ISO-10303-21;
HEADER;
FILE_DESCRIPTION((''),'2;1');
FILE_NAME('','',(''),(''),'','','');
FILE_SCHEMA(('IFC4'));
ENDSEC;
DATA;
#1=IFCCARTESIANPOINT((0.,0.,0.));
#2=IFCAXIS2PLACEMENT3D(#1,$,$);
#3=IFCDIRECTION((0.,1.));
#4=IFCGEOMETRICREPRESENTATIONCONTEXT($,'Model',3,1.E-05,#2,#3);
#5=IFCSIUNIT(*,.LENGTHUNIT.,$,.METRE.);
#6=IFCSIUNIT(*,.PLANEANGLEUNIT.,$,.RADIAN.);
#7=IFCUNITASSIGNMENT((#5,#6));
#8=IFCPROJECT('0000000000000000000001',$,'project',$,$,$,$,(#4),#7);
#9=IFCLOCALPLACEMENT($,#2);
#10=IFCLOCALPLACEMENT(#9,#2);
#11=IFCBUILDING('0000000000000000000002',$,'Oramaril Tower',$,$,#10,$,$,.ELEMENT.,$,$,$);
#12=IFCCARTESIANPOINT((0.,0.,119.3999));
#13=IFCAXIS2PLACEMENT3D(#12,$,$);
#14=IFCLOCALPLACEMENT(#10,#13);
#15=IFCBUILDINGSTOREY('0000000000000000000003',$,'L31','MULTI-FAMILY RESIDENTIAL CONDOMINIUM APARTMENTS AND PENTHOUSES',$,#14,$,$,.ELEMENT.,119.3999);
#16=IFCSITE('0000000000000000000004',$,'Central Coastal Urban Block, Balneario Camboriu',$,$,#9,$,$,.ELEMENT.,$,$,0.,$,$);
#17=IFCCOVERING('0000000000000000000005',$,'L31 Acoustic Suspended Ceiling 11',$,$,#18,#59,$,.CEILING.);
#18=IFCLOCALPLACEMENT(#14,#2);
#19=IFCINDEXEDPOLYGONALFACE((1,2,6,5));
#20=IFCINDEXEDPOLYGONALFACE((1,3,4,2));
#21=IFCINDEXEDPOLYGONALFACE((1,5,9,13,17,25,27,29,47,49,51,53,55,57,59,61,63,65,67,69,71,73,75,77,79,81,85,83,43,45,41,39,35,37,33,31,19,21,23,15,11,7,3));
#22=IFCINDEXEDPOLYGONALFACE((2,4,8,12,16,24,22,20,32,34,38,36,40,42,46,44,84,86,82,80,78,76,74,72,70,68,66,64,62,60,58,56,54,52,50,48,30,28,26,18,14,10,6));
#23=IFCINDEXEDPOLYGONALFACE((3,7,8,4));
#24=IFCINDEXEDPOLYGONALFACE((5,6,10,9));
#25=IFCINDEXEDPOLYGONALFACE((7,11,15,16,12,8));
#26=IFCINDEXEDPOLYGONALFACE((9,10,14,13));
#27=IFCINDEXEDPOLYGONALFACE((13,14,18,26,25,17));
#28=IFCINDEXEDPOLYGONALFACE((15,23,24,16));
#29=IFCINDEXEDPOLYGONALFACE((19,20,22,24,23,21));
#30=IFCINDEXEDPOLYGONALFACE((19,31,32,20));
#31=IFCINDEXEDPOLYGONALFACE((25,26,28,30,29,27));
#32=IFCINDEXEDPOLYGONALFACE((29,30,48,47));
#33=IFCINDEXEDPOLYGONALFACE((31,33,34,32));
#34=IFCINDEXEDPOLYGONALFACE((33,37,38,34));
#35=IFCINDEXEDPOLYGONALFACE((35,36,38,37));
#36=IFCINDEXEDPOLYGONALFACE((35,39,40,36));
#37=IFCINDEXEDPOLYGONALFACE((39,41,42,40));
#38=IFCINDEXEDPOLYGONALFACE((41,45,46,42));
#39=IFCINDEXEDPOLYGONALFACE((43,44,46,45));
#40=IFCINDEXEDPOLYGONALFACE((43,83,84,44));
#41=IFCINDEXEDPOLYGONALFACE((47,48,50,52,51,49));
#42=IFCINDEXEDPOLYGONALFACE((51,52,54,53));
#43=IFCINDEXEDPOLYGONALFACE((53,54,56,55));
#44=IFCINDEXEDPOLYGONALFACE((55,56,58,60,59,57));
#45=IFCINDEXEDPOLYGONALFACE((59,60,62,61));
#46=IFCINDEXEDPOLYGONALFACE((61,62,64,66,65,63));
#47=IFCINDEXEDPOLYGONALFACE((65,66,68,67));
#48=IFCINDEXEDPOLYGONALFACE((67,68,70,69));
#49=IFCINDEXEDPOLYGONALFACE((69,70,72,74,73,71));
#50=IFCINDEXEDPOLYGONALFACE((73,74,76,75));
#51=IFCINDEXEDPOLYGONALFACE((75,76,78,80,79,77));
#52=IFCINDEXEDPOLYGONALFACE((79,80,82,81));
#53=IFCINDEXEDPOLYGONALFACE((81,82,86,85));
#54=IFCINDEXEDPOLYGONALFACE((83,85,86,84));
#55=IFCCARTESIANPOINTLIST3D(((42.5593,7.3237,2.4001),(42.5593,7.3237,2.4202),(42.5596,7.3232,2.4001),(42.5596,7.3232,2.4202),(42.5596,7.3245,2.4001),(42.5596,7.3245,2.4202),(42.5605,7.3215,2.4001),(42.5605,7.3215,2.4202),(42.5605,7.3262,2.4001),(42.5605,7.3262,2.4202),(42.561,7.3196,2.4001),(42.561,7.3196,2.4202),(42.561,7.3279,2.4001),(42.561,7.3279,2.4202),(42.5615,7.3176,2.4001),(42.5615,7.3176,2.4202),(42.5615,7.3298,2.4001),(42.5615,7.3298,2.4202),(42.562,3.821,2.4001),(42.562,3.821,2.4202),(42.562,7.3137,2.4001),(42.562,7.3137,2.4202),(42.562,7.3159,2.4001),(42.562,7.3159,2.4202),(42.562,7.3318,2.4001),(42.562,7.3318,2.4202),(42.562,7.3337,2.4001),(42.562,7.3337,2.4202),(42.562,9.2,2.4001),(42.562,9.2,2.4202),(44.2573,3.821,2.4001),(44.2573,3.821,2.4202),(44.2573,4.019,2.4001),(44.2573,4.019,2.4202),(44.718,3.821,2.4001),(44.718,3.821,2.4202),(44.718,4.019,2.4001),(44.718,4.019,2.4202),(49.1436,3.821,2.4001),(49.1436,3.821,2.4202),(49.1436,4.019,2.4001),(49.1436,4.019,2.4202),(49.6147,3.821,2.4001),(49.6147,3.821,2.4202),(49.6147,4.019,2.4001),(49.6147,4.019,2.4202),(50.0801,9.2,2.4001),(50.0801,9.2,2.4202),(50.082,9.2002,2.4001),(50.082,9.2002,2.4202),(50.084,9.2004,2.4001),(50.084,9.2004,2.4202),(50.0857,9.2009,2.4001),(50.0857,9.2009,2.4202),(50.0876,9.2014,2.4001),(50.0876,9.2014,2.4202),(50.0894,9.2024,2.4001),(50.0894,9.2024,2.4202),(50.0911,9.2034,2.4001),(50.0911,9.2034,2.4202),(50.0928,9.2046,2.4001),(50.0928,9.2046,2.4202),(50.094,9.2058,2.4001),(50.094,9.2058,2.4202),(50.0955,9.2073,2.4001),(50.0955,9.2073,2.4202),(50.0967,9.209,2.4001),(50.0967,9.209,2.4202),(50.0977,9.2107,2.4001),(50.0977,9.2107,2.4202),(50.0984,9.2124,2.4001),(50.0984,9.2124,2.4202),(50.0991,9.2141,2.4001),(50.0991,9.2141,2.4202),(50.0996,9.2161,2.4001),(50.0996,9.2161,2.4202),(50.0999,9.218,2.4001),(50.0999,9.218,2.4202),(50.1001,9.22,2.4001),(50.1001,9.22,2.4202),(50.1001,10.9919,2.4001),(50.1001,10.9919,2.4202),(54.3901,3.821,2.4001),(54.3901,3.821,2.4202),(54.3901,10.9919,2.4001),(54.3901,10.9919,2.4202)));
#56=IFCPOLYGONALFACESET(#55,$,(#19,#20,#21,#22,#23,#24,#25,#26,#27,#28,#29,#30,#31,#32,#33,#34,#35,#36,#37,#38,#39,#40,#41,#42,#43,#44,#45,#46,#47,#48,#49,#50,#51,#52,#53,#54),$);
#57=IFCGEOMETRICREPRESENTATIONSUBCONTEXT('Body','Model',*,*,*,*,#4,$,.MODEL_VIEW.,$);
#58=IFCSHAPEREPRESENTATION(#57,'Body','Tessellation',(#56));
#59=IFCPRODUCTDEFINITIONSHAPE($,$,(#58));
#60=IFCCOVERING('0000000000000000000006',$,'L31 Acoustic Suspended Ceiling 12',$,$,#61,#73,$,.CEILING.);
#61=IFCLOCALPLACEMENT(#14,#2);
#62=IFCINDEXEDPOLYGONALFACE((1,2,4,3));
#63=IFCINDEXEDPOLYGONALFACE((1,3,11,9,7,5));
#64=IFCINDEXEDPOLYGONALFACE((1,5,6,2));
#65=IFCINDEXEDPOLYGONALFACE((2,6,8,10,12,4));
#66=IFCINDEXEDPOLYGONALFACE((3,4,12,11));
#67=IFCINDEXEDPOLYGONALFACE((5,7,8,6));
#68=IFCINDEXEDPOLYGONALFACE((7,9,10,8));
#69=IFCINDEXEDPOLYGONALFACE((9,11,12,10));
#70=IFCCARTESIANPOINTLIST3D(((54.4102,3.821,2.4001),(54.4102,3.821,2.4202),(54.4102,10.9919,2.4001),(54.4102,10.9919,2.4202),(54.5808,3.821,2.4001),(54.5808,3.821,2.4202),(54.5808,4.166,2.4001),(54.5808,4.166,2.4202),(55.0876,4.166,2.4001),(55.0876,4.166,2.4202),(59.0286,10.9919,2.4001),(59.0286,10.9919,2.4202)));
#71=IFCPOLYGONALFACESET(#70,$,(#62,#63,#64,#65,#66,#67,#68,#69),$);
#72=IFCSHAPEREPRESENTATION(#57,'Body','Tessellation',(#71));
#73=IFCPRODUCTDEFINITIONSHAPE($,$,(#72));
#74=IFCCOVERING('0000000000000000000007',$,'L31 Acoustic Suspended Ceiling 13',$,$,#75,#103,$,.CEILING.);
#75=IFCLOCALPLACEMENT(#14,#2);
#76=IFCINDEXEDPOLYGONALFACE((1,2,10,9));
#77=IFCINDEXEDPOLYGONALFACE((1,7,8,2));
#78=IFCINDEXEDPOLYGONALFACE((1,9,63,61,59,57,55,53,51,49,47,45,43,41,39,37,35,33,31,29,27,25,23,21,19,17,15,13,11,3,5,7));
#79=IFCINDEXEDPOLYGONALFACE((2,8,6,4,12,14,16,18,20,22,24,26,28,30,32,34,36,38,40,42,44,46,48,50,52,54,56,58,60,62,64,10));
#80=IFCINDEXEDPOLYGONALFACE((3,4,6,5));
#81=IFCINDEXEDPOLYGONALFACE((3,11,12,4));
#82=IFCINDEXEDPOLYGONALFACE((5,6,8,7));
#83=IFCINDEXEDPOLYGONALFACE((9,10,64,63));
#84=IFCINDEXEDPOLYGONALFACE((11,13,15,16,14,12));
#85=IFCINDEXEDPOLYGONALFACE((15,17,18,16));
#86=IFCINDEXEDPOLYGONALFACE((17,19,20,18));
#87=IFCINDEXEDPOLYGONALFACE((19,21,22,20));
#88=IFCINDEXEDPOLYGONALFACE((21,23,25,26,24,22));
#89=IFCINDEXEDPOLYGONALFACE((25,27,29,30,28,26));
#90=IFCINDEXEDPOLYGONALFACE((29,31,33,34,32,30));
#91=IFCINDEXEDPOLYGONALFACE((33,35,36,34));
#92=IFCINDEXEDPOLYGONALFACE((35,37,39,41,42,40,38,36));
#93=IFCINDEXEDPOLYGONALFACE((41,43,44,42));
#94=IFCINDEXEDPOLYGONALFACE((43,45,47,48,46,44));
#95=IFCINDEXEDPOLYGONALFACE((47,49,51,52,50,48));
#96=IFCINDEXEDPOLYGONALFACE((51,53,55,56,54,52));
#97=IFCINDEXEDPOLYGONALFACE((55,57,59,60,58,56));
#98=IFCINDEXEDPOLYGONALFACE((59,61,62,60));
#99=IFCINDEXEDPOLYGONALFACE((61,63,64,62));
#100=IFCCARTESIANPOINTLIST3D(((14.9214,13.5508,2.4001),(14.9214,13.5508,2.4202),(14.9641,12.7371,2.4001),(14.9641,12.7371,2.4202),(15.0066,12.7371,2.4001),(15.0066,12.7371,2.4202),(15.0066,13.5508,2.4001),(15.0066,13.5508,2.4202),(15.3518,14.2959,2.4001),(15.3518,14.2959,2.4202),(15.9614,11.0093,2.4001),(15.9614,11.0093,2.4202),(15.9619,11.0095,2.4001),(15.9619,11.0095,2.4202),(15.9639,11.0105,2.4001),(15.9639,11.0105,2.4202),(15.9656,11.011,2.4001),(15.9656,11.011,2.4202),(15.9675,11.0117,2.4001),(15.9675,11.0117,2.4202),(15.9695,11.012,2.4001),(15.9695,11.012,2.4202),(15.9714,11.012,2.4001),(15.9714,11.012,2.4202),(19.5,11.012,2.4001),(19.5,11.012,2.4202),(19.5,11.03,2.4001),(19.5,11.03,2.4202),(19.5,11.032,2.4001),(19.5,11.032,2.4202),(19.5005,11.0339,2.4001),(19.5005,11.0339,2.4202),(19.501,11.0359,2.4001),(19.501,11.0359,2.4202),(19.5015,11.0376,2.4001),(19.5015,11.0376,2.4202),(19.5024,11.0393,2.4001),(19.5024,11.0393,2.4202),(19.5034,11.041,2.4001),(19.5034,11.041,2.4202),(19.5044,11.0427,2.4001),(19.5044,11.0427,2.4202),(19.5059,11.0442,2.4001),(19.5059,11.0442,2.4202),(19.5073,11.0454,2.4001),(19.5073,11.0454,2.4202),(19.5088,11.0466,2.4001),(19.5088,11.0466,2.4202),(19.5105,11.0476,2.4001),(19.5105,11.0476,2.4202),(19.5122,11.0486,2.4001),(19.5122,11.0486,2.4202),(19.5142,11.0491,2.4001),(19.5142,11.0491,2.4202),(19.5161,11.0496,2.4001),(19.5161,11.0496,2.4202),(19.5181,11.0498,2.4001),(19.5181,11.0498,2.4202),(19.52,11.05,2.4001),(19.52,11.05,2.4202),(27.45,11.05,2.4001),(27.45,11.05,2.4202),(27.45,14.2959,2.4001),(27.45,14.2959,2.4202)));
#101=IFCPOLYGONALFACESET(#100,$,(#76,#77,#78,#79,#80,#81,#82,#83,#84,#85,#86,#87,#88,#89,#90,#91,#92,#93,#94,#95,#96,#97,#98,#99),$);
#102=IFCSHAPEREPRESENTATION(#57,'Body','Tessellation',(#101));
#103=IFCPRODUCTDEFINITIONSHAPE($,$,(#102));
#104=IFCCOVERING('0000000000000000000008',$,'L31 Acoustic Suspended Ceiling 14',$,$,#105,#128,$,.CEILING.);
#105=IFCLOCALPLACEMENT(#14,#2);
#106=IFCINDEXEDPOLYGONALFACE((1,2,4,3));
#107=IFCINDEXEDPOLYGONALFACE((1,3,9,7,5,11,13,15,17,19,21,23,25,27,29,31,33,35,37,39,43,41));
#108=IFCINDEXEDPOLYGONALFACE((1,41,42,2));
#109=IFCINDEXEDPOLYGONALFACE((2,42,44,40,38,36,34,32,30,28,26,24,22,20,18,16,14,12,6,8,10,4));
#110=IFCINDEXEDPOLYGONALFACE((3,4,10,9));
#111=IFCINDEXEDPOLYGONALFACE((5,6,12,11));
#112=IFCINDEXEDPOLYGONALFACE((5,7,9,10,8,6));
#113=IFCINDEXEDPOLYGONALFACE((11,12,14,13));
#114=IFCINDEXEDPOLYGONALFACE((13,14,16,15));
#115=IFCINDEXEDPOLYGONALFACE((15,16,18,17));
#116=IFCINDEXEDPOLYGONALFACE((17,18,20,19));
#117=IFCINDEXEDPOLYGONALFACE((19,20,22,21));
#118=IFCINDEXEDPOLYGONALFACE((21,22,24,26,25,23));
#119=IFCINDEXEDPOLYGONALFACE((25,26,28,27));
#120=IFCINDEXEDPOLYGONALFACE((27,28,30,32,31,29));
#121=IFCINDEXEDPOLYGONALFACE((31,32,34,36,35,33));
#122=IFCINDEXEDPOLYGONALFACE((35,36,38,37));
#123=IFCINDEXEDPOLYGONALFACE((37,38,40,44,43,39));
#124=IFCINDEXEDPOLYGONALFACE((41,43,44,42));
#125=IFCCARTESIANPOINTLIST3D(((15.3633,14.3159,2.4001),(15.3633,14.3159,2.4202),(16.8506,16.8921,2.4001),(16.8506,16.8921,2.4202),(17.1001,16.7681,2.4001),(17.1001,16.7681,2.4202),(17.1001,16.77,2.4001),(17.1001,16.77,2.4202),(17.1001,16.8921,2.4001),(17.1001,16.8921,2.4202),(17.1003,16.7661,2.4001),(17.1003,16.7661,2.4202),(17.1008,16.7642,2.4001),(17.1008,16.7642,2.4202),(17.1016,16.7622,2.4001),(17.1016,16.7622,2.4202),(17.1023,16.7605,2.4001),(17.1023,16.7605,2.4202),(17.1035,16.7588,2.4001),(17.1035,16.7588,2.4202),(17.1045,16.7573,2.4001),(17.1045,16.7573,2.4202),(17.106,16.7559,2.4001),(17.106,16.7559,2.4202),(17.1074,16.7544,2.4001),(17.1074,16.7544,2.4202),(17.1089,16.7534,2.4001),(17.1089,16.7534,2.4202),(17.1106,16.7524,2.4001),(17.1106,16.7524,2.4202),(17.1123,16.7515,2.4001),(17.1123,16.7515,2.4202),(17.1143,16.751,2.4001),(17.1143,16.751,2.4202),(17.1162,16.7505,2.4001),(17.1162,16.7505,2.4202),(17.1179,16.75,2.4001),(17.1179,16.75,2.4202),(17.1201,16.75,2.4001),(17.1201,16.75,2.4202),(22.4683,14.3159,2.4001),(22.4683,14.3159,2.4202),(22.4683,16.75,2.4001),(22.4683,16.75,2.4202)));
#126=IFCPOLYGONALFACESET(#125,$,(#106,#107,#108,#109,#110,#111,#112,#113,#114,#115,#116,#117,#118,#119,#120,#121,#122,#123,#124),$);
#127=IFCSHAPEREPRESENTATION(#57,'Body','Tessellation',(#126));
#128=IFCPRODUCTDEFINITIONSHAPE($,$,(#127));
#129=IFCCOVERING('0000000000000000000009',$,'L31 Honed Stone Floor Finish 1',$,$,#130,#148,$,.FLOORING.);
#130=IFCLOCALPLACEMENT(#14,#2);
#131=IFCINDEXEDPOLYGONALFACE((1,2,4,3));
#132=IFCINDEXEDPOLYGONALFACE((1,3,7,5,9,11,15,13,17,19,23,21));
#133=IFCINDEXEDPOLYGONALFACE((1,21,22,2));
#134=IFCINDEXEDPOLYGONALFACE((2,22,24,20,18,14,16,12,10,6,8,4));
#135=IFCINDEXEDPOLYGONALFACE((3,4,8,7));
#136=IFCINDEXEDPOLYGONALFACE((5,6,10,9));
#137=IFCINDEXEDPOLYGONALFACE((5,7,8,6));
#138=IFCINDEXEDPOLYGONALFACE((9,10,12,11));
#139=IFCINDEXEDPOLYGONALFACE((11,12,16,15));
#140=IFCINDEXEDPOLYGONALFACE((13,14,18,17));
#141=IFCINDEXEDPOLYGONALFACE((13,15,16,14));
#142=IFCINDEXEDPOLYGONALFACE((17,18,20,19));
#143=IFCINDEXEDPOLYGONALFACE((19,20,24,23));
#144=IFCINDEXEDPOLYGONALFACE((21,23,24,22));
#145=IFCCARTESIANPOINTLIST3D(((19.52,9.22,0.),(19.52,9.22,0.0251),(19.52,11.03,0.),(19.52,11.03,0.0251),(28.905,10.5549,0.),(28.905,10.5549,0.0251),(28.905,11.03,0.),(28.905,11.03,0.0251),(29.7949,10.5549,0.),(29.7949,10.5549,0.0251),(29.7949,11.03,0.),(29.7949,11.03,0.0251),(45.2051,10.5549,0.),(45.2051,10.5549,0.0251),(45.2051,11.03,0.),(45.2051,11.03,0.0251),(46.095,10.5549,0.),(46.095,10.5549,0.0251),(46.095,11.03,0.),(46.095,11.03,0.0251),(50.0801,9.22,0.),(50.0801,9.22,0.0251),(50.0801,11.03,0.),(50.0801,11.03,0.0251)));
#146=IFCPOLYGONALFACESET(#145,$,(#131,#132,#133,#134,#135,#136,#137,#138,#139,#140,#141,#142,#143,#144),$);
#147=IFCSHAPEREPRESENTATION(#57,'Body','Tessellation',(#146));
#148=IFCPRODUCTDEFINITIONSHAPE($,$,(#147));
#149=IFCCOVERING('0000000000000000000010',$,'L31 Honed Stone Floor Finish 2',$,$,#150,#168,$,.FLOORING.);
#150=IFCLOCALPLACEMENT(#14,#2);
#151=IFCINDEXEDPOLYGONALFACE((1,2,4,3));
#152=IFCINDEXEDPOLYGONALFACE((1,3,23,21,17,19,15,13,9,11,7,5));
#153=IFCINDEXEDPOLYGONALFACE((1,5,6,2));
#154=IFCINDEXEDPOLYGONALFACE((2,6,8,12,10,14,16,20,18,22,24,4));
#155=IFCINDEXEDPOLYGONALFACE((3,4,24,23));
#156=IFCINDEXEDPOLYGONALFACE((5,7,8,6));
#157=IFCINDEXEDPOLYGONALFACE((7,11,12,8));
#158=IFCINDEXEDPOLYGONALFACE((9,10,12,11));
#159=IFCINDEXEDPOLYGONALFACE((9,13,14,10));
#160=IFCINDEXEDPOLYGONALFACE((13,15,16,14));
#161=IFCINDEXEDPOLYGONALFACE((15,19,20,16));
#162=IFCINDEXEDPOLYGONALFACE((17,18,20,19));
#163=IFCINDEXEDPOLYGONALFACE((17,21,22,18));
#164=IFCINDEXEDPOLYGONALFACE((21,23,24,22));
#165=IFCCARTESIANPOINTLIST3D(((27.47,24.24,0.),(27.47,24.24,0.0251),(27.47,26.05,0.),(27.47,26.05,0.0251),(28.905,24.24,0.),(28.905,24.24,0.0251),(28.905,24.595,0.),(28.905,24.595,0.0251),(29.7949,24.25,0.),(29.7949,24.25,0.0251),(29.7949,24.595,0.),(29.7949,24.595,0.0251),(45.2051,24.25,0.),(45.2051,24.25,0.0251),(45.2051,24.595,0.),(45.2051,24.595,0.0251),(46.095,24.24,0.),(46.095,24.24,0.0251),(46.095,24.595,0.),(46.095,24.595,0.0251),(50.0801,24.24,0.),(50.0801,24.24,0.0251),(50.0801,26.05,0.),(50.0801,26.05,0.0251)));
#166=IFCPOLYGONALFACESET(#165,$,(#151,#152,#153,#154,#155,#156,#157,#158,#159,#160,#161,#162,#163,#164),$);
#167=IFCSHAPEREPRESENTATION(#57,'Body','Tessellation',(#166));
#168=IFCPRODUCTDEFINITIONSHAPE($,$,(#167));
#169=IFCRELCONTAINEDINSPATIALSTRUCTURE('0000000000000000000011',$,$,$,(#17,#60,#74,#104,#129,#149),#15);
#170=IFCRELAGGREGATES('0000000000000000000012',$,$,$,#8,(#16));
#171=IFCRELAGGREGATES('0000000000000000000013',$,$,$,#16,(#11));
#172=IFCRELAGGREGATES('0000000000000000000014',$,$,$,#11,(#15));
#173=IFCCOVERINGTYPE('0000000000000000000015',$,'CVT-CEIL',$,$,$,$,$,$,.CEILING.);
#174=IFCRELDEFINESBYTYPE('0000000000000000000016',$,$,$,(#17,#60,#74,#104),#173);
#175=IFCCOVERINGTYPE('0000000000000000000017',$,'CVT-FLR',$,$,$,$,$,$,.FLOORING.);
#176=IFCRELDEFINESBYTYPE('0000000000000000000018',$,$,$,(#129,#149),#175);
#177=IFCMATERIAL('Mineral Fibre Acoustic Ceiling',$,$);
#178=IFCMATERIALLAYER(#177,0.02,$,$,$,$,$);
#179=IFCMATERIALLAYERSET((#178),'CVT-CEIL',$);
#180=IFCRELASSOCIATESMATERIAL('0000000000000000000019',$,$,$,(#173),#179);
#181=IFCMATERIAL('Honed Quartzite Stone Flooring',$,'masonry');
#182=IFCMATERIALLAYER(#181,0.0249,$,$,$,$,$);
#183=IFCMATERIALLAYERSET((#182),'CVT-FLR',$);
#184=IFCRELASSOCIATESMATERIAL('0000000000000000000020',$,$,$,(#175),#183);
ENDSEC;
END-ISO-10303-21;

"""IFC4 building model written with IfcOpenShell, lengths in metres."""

from ifc_helpers import new_model, si_unit, direction, frame, origin, place, context, subcontext, project, spatial, polyline, outline, extrude, material, layer, layer_set, type_object, element, save


model = new_model("IFC4")

# Units and contexts
model_context = context("Model", 3, precision=1e-05, world=origin(), true_north=direction((0.0, 1.0)))
body_context = subcontext(model_context, "Body", "Model", "MODEL_VIEW")
ifc_project = project(units=[si_unit("LENGTHUNIT", "METRE"), si_unit("PLANEANGLEUNIT", "RADIAN")], contexts=[model_context])

# Site, building, storey
site_placement = place(None, origin())
site = spatial("IfcSite", under=ifc_project, at=site_placement, Name="Central Coastal Urban Block, Balneario Camboriu", CompositionType="ELEMENT", RefElevation=0.0)
building_placement = place(site_placement, origin())
building = spatial("IfcBuilding", under=site, at=building_placement, Name="Oramaril Tower", CompositionType="ELEMENT")
storey_placement = place(building_placement, frame((0.0, 0.0, 119.3999)))
storey = spatial("IfcBuildingStorey", under=building, at=storey_placement, Name="L31", Description="MULTI-FAMILY RESIDENTIAL CONDOMINIUM APARTMENTS AND PENTHOUSES", CompositionType="ELEMENT", Elevation=119.3999)

# Coverings
ifc_material_1 = material(Name="Mineral Fibre Acoustic Ceiling")
ifc_layer_1 = layer(ifc_material_1, 0.02)
ifc_layer_set_1 = layer_set([ifc_layer_1], Name="CVT-CEIL")
covering_type_1 = type_object("IfcCoveringType", Name="CVT-CEIL", PredefinedType="CEILING", material=ifc_layer_set_1)
covering_1_placement = place(storey_placement, frame((0.0, 0.0, 2.4001)))
element("IfcCovering", 1, at=covering_1_placement, inside=storey, type_object=covering_type_1, Name="L31 Acoustic Suspended Ceiling 11", PredefinedType="CEILING", context=body_context, shape_type="SweptSolid", body=[
    extrude(outline(polyline([(54.3901, 10.9919), (54.3901, 3.821), (49.6147, 3.821), (49.6147, 4.019), (49.1436, 4.019), (49.1436, 3.821), (44.718, 3.821), (44.718, 4.019), (44.2573, 4.019), (44.2573, 3.821), (42.562, 3.821), (42.562, 7.3137), (42.562, 7.3159), (42.5615, 7.3176), (42.561, 7.3196), (42.5605, 7.3215), (42.5596, 7.3232), (42.5593, 7.3237), (42.5596, 7.3245), (42.5605, 7.3262), (42.561, 7.3279), (42.5615, 7.3298), (42.562, 7.3318), (42.562, 7.3337), (42.562, 9.2), (50.0801, 9.2), (50.082, 9.2002), (50.084, 9.2004), (50.0857, 9.2009), (50.0876, 9.2014), (50.0894, 9.2024), (50.0911, 9.2034), (50.0928, 9.2046), (50.094, 9.2058), (50.0955, 9.2073), (50.0967, 9.209), (50.0977, 9.2107), (50.0984, 9.2124), (50.0991, 9.2141), (50.0996, 9.2161), (50.0999, 9.218), (50.1001, 9.22), (50.1001, 10.9919), (54.3901, 10.9919)])), origin(), (0.0, 0.0, 1.0), 0.02),
])
covering_2_placement = place(storey_placement, frame((0.0, 0.0, 2.4001)))
element("IfcCovering", 2, at=covering_2_placement, inside=storey, type_object=covering_type_1, Name="L31 Acoustic Suspended Ceiling 12", PredefinedType="CEILING", context=body_context, shape_type="SweptSolid", body=[
    extrude(outline(polyline([(54.5808, 4.166), (54.5808, 3.821), (54.4102, 3.821), (54.4102, 10.9919), (59.0286, 10.9919), (55.0876, 4.166), (54.5808, 4.166)])), origin(), (0.0, 0.0, 1.0), 0.02),
])
covering_3_placement = place(storey_placement, frame((0.0, 0.0, 2.4001)))
element("IfcCovering", 3, at=covering_3_placement, inside=storey, type_object=covering_type_1, Name="L31 Acoustic Suspended Ceiling 13", PredefinedType="CEILING", context=body_context, shape_type="SweptSolid", body=[
    extrude(outline(polyline([(14.9641, 12.7371), (15.0066, 12.7371), (15.0066, 13.5508), (14.9214, 13.5508), (15.3518, 14.2959), (27.45, 14.2959), (27.45, 11.05), (19.52, 11.05), (19.5181, 11.0498), (19.5161, 11.0496), (19.5142, 11.0491), (19.5122, 11.0486), (19.5105, 11.0476), (19.5088, 11.0466), (19.5073, 11.0454), (19.5059, 11.0442), (19.5044, 11.0427), (19.5034, 11.041), (19.5024, 11.0393), (19.5015, 11.0376), (19.501, 11.0359), (19.5005, 11.0339), (19.5, 11.032), (19.5, 11.03), (19.5, 11.012), (15.9714, 11.012), (15.9695, 11.012), (15.9675, 11.0117), (15.9656, 11.011), (15.9639, 11.0105), (15.9619, 11.0095), (15.9614, 11.0093), (14.9641, 12.7371)])), origin(), (0.0, 0.0, 1.0), 0.02),
])
covering_4_placement = place(storey_placement, frame((0.0, 0.0, 2.4001)))
element("IfcCovering", 4, at=covering_4_placement, inside=storey, type_object=covering_type_1, Name="L31 Acoustic Suspended Ceiling 14", PredefinedType="CEILING", context=body_context, shape_type="SweptSolid", body=[
    extrude(outline(polyline([(16.8506, 16.8921), (17.1001, 16.8921), (17.1001, 16.77), (17.1001, 16.7681), (17.1003, 16.7661), (17.1008, 16.7642), (17.1016, 16.7622), (17.1023, 16.7605), (17.1035, 16.7588), (17.1045, 16.7573), (17.106, 16.7559), (17.1074, 16.7544), (17.1089, 16.7534), (17.1106, 16.7524), (17.1123, 16.7515), (17.1143, 16.751), (17.1162, 16.7505), (17.1179, 16.75), (17.1201, 16.75), (22.4683, 16.75), (22.4683, 14.3159), (15.3633, 14.3159), (16.8506, 16.8921)])), origin(), (0.0, 0.0, 1.0), 0.02),
])
ifc_material_2 = material(Name="Honed Quartzite Stone Flooring", Category="masonry")
ifc_layer_2 = layer(ifc_material_2, 0.0249)
ifc_layer_set_2 = layer_set([ifc_layer_2], Name="CVT-FLR")
covering_type_2 = type_object("IfcCoveringType", Name="CVT-FLR", PredefinedType="FLOORING", material=ifc_layer_set_2)
covering_5_placement = place(storey_placement, origin())
element("IfcCovering", 5, at=covering_5_placement, inside=storey, type_object=covering_type_2, Name="L31 Honed Stone Floor Finish 1", PredefinedType="FLOORING", context=body_context, shape_type="SweptSolid", body=[
    extrude(outline(polyline([(28.905, 10.5549), (29.7949, 10.5549), (29.7949, 11.03), (45.2051, 11.03), (45.2051, 10.5549), (46.095, 10.5549), (46.095, 11.03), (50.0801, 11.03), (50.0801, 9.22), (19.52, 9.22), (19.52, 11.03), (28.905, 11.03), (28.905, 10.5549)])), origin(), (0.0, 0.0, 1.0), 0.0251),
])
covering_6_placement = place(storey_placement, origin())
element("IfcCovering", 6, at=covering_6_placement, inside=storey, type_object=covering_type_2, Name="L31 Honed Stone Floor Finish 2", PredefinedType="FLOORING", context=body_context, shape_type="SweptSolid", body=[
    extrude(outline(polyline([(50.0801, 24.24), (46.095, 24.24), (46.095, 24.595), (45.2051, 24.595), (45.2051, 24.25), (29.7949, 24.25), (29.7949, 24.595), (28.905, 24.595), (28.905, 24.24), (27.47, 24.24), (27.47, 26.05), (50.0801, 26.05), (50.0801, 24.24)])), origin(), (0.0, 0.0, 1.0), 0.0251),
])

save(model, "model.ifc")
